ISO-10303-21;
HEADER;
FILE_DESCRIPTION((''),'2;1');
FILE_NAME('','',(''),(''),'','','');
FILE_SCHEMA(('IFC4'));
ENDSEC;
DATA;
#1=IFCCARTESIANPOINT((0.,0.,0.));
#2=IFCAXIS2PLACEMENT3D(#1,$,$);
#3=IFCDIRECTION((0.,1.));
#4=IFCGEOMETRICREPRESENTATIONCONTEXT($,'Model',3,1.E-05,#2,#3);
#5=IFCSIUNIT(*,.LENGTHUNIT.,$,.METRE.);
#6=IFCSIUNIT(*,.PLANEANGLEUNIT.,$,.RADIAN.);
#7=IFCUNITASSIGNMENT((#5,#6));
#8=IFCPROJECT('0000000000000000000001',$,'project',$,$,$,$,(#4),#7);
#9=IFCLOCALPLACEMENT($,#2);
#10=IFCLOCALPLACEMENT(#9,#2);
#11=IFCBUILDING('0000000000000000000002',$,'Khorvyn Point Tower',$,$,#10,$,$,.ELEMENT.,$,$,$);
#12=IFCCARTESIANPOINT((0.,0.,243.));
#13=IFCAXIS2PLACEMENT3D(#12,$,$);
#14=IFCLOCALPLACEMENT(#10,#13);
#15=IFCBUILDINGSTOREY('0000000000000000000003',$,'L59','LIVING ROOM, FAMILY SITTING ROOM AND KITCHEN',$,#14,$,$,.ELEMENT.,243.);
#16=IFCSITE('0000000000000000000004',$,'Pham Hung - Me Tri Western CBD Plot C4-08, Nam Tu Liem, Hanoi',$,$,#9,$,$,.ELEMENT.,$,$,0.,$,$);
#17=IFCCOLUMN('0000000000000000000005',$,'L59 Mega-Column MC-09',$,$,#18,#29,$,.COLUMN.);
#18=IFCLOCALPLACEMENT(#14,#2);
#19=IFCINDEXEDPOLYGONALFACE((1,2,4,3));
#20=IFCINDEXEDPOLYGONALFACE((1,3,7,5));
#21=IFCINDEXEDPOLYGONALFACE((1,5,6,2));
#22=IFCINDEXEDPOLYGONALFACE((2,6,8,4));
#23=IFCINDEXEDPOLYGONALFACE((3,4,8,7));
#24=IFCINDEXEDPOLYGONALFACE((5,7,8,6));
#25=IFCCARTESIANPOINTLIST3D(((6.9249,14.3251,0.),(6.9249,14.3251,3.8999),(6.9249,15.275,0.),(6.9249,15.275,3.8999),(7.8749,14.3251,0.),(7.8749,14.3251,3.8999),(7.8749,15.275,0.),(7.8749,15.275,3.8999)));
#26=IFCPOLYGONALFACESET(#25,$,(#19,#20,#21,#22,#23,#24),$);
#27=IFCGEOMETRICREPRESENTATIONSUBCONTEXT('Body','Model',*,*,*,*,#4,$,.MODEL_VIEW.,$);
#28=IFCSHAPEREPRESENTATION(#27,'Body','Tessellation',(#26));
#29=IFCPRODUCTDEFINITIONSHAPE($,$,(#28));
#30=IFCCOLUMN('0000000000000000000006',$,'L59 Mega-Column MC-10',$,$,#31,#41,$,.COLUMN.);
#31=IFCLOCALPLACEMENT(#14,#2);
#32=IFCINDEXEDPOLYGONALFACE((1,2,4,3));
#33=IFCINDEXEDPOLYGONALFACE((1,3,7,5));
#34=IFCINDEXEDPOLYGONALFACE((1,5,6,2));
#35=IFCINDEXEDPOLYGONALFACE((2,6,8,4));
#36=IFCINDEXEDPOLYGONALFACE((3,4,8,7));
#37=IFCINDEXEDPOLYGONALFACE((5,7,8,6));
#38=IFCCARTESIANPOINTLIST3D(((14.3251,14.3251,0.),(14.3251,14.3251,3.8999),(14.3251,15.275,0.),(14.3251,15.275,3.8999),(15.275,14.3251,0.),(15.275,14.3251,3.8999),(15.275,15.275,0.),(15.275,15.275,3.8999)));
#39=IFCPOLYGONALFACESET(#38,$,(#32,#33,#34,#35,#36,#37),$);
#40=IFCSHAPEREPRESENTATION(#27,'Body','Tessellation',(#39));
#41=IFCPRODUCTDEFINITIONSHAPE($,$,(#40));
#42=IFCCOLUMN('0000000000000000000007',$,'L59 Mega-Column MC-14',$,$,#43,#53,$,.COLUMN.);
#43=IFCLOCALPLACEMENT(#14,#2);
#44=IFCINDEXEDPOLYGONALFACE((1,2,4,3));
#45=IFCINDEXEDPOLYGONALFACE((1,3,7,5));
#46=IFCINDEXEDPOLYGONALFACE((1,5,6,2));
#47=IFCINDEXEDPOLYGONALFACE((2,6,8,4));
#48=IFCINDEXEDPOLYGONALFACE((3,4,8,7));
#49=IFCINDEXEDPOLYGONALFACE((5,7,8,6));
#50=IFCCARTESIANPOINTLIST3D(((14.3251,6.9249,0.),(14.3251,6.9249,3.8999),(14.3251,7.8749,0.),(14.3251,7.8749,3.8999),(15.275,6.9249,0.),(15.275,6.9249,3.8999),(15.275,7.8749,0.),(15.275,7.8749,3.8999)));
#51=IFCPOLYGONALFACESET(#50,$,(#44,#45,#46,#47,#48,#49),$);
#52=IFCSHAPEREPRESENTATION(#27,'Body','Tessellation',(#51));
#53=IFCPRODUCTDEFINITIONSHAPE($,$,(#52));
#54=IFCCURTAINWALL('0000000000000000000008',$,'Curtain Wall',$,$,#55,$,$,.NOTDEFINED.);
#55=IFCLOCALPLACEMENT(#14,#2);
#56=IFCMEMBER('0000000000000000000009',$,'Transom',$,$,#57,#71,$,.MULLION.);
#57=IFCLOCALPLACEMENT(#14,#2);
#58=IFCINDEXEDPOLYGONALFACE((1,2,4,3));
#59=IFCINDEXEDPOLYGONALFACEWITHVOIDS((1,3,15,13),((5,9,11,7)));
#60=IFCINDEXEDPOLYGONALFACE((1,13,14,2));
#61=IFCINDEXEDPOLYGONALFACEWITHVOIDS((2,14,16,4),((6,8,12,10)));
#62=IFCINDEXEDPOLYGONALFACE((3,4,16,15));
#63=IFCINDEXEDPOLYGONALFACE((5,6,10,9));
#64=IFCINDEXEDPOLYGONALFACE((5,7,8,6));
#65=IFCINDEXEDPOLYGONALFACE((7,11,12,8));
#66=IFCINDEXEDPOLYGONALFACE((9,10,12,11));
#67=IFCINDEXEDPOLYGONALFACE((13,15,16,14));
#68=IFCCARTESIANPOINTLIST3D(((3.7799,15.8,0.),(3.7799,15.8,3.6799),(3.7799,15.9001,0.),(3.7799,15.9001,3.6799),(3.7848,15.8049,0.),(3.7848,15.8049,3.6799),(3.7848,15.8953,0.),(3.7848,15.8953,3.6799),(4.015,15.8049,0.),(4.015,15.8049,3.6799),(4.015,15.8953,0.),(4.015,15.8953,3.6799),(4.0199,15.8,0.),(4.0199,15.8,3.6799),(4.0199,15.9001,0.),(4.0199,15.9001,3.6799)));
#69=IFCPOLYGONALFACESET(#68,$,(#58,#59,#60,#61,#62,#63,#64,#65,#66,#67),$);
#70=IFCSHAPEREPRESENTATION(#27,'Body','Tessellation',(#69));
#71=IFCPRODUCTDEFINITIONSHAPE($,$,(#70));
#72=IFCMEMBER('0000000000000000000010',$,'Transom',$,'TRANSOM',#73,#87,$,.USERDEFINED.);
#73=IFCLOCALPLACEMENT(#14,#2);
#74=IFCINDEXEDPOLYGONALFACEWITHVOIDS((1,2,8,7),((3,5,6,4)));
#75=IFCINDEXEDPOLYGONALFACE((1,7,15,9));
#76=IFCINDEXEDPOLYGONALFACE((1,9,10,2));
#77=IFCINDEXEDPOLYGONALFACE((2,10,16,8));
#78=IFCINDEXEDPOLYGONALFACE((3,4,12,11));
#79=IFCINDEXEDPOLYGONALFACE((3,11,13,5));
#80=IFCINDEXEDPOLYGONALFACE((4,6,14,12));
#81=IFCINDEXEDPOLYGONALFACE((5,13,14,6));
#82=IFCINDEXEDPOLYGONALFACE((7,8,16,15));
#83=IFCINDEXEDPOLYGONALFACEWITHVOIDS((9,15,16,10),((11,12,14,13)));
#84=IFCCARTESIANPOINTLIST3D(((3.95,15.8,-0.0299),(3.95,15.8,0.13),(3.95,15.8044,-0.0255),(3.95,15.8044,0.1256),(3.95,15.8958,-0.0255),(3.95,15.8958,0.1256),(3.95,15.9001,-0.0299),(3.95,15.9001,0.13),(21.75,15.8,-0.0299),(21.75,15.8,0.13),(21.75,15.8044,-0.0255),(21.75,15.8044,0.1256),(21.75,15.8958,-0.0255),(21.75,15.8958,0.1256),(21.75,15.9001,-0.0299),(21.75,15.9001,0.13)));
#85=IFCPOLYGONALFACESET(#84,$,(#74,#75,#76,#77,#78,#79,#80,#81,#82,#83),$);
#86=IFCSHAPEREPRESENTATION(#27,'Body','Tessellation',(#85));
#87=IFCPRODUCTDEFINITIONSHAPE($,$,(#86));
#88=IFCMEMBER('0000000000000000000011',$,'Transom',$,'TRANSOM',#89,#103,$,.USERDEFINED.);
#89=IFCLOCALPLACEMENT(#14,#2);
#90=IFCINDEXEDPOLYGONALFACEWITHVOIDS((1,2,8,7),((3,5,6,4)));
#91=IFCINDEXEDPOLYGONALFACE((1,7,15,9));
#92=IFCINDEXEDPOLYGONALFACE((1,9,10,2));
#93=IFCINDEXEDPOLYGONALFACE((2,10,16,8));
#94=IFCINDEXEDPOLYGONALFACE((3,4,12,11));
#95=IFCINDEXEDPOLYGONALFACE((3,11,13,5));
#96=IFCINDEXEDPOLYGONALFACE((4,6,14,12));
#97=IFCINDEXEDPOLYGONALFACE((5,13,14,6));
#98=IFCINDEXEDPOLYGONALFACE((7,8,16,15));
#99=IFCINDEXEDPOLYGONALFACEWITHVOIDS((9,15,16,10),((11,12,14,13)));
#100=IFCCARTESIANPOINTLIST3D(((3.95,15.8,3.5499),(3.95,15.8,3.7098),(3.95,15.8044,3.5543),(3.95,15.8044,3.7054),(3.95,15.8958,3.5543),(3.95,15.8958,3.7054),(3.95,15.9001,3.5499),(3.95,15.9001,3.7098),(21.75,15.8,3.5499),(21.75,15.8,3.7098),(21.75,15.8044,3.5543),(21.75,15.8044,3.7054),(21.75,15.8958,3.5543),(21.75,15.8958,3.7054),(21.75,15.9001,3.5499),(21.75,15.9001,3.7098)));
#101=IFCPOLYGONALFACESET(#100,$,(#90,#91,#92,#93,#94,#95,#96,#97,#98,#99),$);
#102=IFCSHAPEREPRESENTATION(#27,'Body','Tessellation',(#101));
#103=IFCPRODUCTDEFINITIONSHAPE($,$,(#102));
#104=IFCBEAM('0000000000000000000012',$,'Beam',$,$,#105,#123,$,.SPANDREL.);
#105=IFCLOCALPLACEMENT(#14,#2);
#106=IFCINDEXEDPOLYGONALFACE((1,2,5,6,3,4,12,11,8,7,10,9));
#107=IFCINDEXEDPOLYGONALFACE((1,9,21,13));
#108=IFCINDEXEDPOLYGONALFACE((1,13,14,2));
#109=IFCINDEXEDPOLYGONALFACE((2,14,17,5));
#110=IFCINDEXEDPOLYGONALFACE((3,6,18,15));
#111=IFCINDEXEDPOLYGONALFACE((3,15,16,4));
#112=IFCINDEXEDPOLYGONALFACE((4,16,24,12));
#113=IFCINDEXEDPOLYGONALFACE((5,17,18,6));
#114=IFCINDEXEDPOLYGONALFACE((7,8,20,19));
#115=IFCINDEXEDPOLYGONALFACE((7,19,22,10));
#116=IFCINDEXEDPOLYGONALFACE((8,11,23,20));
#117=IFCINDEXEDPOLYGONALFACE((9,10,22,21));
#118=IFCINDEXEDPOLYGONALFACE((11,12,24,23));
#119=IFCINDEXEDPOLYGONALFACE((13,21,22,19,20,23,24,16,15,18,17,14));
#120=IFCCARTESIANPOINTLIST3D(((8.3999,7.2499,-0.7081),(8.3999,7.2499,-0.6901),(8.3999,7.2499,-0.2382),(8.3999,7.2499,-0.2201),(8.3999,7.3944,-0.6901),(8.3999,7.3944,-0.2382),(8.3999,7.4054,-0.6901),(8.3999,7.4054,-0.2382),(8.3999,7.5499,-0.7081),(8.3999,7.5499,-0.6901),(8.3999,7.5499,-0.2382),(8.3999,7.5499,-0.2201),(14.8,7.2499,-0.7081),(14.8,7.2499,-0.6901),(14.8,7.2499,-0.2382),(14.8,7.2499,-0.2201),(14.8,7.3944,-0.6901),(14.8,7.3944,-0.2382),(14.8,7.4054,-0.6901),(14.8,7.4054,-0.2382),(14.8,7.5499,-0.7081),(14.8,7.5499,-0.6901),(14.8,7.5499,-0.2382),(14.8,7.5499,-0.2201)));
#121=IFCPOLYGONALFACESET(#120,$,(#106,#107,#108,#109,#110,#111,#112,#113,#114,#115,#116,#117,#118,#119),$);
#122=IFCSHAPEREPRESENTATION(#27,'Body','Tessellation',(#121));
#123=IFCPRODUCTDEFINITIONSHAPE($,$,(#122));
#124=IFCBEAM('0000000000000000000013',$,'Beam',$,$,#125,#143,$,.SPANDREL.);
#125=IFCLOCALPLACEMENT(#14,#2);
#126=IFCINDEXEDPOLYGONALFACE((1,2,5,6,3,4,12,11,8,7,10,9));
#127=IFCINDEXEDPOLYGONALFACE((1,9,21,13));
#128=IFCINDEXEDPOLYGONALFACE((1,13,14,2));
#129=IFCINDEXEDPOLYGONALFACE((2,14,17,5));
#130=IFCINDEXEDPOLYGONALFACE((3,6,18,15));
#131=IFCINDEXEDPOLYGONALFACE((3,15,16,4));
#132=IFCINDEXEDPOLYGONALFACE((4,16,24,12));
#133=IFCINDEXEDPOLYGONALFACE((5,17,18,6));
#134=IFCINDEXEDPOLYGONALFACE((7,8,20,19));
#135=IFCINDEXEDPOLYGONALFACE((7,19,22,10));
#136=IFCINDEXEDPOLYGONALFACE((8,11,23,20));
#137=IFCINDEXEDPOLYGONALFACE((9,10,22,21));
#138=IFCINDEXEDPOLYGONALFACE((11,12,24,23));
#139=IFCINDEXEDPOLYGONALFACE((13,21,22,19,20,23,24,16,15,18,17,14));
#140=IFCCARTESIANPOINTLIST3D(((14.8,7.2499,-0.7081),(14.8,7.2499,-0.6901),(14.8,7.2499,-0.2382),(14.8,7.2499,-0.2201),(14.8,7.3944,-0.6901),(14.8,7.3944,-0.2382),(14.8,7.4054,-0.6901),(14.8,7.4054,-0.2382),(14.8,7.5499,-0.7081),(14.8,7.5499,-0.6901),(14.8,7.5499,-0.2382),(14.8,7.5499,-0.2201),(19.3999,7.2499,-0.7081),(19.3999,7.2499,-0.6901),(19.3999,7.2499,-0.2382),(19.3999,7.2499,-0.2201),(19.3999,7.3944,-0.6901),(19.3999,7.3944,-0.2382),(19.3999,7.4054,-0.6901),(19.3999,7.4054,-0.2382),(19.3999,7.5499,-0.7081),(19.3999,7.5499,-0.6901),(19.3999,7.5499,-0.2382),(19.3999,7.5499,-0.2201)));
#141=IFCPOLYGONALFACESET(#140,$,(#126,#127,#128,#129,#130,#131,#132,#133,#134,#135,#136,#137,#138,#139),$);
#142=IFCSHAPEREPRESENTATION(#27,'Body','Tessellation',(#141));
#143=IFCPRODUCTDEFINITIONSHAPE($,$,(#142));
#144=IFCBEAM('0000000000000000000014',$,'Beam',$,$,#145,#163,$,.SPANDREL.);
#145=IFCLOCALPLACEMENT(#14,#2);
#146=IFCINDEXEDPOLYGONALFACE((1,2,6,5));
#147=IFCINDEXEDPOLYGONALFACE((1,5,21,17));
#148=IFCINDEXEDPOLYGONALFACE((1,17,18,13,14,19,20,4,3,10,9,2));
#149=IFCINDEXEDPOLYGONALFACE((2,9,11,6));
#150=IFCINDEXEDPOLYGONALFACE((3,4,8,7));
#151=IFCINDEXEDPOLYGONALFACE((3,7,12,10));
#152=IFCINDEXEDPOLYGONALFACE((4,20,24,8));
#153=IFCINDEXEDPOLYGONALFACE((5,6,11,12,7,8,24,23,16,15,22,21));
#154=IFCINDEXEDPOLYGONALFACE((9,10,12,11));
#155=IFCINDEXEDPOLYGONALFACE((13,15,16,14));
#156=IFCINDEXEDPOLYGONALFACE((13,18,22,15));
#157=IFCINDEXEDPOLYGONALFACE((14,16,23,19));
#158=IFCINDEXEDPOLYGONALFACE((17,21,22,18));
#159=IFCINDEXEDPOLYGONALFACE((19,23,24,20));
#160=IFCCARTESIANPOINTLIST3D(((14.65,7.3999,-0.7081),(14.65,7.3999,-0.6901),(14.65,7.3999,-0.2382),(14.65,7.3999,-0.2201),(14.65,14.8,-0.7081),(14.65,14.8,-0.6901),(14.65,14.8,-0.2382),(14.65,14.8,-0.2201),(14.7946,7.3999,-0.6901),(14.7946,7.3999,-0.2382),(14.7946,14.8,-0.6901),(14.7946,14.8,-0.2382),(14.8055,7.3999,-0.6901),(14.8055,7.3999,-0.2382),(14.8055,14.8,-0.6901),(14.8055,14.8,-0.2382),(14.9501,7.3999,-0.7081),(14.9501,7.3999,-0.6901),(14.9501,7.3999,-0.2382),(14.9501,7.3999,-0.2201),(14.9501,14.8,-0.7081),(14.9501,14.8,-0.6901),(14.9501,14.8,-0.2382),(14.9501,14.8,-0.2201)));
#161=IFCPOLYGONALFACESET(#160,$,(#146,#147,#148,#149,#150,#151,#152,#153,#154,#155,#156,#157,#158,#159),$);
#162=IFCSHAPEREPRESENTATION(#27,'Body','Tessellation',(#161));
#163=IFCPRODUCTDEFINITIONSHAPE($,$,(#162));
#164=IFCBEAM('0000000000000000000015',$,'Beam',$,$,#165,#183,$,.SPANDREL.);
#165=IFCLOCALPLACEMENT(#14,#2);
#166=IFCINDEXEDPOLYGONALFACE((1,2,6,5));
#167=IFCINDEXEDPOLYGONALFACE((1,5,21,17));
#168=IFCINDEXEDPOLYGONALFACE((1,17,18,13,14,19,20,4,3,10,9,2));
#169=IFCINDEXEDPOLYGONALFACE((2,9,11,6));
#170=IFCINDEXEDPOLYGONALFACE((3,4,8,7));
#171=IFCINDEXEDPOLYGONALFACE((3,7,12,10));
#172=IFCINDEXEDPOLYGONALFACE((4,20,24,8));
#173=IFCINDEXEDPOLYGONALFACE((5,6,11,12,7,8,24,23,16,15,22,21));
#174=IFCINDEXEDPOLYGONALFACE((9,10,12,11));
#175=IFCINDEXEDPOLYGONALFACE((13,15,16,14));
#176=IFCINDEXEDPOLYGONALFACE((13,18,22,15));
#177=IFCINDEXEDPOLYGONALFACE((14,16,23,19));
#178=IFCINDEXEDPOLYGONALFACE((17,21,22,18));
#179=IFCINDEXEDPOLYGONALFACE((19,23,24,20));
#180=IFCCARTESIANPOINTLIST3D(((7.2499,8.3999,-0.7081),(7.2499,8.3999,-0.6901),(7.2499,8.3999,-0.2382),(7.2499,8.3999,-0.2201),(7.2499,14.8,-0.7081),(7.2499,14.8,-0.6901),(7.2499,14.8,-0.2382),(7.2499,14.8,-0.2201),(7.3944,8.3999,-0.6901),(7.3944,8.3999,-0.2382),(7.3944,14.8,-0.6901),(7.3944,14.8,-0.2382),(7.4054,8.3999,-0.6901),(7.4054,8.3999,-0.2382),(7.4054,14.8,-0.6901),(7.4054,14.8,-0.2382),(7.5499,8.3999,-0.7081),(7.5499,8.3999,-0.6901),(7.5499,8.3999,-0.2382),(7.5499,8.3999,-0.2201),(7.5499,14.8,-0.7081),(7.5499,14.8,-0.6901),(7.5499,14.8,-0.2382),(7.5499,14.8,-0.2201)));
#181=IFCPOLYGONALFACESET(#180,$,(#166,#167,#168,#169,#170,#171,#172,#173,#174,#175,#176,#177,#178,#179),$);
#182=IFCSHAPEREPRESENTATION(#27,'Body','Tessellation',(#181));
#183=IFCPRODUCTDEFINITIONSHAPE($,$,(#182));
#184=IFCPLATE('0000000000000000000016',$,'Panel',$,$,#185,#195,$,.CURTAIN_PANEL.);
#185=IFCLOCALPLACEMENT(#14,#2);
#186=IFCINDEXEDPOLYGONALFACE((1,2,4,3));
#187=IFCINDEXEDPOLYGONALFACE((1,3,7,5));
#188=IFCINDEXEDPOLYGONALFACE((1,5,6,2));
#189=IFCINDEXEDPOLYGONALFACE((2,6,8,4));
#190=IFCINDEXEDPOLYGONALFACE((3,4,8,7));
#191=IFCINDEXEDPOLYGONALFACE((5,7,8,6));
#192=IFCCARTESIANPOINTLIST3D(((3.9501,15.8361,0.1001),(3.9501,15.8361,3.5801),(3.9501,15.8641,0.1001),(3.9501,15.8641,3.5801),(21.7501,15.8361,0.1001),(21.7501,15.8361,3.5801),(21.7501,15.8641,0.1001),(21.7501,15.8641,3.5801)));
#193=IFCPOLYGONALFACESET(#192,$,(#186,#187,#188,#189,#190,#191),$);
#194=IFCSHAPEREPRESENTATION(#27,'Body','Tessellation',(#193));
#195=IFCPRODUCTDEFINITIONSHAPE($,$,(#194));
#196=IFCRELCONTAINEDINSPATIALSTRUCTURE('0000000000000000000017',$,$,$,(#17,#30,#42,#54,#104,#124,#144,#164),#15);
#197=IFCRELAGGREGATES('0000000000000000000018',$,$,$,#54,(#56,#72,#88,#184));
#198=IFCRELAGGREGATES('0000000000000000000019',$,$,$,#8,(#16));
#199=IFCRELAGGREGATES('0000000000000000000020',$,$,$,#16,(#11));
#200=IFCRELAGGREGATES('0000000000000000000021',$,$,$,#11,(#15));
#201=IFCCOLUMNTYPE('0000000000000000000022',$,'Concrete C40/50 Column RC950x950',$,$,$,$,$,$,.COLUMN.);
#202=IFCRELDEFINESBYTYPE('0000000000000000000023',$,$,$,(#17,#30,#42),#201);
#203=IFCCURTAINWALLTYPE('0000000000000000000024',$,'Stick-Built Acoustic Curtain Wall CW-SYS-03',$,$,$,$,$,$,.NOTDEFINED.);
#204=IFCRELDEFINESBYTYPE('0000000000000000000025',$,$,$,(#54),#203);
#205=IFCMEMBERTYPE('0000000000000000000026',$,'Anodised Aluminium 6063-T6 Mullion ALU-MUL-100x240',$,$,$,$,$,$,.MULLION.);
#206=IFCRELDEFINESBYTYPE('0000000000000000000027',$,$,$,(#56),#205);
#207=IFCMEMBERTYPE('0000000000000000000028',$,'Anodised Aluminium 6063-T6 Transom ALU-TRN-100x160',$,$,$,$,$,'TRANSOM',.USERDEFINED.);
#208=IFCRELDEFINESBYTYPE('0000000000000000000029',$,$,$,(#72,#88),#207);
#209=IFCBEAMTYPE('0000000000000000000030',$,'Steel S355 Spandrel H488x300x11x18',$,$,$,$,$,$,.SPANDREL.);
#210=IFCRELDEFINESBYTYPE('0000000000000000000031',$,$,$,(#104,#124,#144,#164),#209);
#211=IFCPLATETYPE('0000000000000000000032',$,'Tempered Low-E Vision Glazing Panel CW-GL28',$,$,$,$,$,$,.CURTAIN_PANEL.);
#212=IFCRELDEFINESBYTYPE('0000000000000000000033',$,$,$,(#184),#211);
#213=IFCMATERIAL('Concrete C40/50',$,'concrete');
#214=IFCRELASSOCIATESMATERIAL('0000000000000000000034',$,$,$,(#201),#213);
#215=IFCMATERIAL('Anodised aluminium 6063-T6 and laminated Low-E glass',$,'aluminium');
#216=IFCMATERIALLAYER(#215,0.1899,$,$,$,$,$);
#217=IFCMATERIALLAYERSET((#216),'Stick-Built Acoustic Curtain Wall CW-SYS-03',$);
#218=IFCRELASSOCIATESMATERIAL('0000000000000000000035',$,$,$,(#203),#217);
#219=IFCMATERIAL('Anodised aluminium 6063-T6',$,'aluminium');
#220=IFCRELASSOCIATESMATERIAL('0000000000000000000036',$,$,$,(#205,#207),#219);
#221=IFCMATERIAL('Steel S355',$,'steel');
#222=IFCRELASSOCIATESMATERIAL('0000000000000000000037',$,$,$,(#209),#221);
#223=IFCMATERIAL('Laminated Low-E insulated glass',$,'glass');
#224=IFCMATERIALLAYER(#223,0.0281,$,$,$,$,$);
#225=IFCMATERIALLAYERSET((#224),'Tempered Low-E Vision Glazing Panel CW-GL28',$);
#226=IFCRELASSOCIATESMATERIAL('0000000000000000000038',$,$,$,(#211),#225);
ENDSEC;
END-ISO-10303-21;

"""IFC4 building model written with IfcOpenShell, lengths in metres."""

from ifc_helpers import new_model, si_unit, direction, frame, origin, origin_2d, place, context, subcontext, project, spatial, rectangle, hollow_rectangle, i_section, extrude, material, layer, layer_set, material_profile, profile_set, type_object, element, aggregate, save


model = new_model("IFC4")

# Units and contexts
model_context = context("Model", 3, precision=1e-05, world=origin(), true_north=direction((0.0, 1.0)))
body_context = subcontext(model_context, "Body", "Model", "MODEL_VIEW")
ifc_project = project(units=[si_unit("LENGTHUNIT", "METRE"), si_unit("PLANEANGLEUNIT", "RADIAN")], contexts=[model_context])

# Site, building, storey
site_placement = place(None, origin())
site = spatial("IfcSite", under=ifc_project, at=site_placement, Name="Pham Hung - Me Tri Western CBD Plot C4-08, Nam Tu Liem, Hanoi", CompositionType="ELEMENT", RefElevation=0.0)
building_placement = place(site_placement, origin())
building = spatial("IfcBuilding", under=site, at=building_placement, Name="Khorvyn Point Tower", CompositionType="ELEMENT")
storey_placement = place(building_placement, frame((0.0, 0.0, 243.0)))
storey = spatial("IfcBuildingStorey", under=building, at=storey_placement, Name="L59", Description="LIVING ROOM, FAMILY SITTING ROOM AND KITCHEN", CompositionType="ELEMENT", Elevation=243.0)

# Columns
ifc_material_1 = material(Name="Concrete C40/50", Category="concrete")
ifc_material_profile_1 = material_profile(ifc_material_1, rectangle(XDim=0.95, YDim=0.95, at=origin_2d()))
ifc_profile_set_1 = profile_set([ifc_material_profile_1], Name="Concrete C40/50 RC950x950")
column_type = type_object("IfcColumnType", Name="Concrete C40/50 Column RC950x950", PredefinedType="COLUMN", material=ifc_profile_set_1)
for number, where, z_axis, x_axis, name in (
    (1, (7.3999, 14.8, 0.0), (0.0, 0.0, 1.0), (1.0, 0.0, 0.0), "L59 Mega-Column MC-09"),
    (2, (14.8, 14.8, 0.0), (0.0, 0.0, 1.0), (1.0, 0.0, 0.0), "L59 Mega-Column MC-10"),
    (3, (14.8, 7.3999, 0.0), (0.0, 0.0, 1.0), (1.0, 0.0, 0.0), "L59 Mega-Column MC-14"),
):
    element("IfcColumn", number, at=place(storey_placement, frame(where, z_axis=z_axis, x_axis=x_axis)), inside=storey, type_object=column_type, Name=name, PredefinedType="COLUMN", context=body_context, shape_type="SweptSolid", body=[
        extrude(rectangle(XDim=0.95, YDim=0.95, at=origin_2d()), origin(), (0.0, 0.0, 1.0), 3.8999),
    ])

# Curtain wall, members
ifc_material_2 = material(Name="Anodised aluminium 6063-T6 and laminated Low-E glass", Category="aluminium")
ifc_layer_1 = layer(ifc_material_2, 0.1899)
ifc_layer_set_1 = layer_set([ifc_layer_1], Name="Stick-Built Acoustic Curtain Wall CW-SYS-03")
curtain_wall_type = type_object("IfcCurtainWallType", Name="Stick-Built Acoustic Curtain Wall CW-SYS-03", PredefinedType="NOTDEFINED", material=ifc_layer_set_1)
curtain_wall_placement = place(storey_placement, origin())
curtain_wall = element("IfcCurtainWall", 4, at=curtain_wall_placement, inside=storey, type_object=curtain_wall_type, Name="Curtain Wall", PredefinedType="NOTDEFINED")
ifc_material_3 = material(Name="Anodised aluminium 6063-T6", Category="aluminium")
ifc_material_profile_2 = material_profile(ifc_material_3, hollow_rectangle(XDim=0.1001, YDim=0.24, WallThickness=0.0049, at=origin_2d()))
ifc_profile_set_2 = profile_set([ifc_material_profile_2], Name="Anodised aluminium 6063-T6 ALU-MUL-100x240")
member_type_1 = type_object("IfcMemberType", Name="Anodised Aluminium 6063-T6 Mullion ALU-MUL-100x240", PredefinedType="MULLION", material=ifc_profile_set_2)
member_1_placement = place(storey_placement, frame((3.8999, 15.8501, 0.0), z_axis=(0.0, 0.0, 1.0), x_axis=(0.0, 1.0, 0.0)))
member_1 = element("IfcMember", 5, at=member_1_placement, type_object=member_type_1, Name="Transom", PredefinedType="MULLION", context=body_context, shape_type="SweptSolid", body=[
    extrude(hollow_rectangle(XDim=0.1001, YDim=0.24, WallThickness=0.0049, at=origin_2d()), origin(), (0.0, 0.0, 1.0), 3.6799),
])
ifc_material_profile_3 = material_profile(ifc_material_3, hollow_rectangle(XDim=0.1001, YDim=0.1599, WallThickness=0.0044, at=origin_2d()))
ifc_profile_set_3 = profile_set([ifc_material_profile_3], Name="Anodised aluminium 6063-T6 ALU-TRN-100x160")
member_type_2 = type_object("IfcMemberType", Name="Anodised Aluminium 6063-T6 Transom ALU-TRN-100x160", ElementType="TRANSOM", PredefinedType="USERDEFINED", material=ifc_profile_set_3)
member_2_placement = place(storey_placement, frame((3.95, 15.8501, 0.05), z_axis=(1.0, 0.0, 0.0), x_axis=(0.0, 1.0, 0.0)))
member_2 = element("IfcMember", 6, at=member_2_placement, type_object=member_type_2, Name="Transom", ObjectType="TRANSOM", PredefinedType="USERDEFINED", context=body_context, shape_type="SweptSolid", body=[
    extrude(hollow_rectangle(XDim=0.1001, YDim=0.1599, WallThickness=0.0044, at=origin_2d()), origin(), (0.0, 0.0, 1.0), 17.8),
])
member_3_placement = place(storey_placement, frame((3.95, 15.8501, 3.6299), z_axis=(1.0, 0.0, 0.0), x_axis=(0.0, 1.0, 0.0)))
member_3 = element("IfcMember", 7, at=member_3_placement, type_object=member_type_2, Name="Transom", ObjectType="TRANSOM", PredefinedType="USERDEFINED", context=body_context, shape_type="SweptSolid", body=[
    extrude(hollow_rectangle(XDim=0.1001, YDim=0.1599, WallThickness=0.0044, at=origin_2d()), origin(), (0.0, 0.0, 1.0), 17.8),
])

# Beams
ifc_material_4 = material(Name="Steel S355", Category="steel")
ifc_material_profile_4 = material_profile(ifc_material_4, i_section(OverallWidth=0.3, OverallDepth=0.488, WebThickness=0.011, FlangeThickness=0.0181, at=origin_2d()))
ifc_profile_set_4 = profile_set([ifc_material_profile_4], Name="Steel S355 H488x300x11x18")
beam_type = type_object("IfcBeamType", Name="Steel S355 Spandrel H488x300x11x18", PredefinedType="SPANDREL", material=ifc_profile_set_4)
beam_1_placement = place(storey_placement, frame((8.3999, 7.3999, -0.4641), z_axis=(1.0, 0.0, 0.0), x_axis=(0.0, 1.0, 0.0)))
element("IfcBeam", 8, at=beam_1_placement, inside=storey, type_object=beam_type, Name="Beam", PredefinedType="SPANDREL", context=body_context, shape_type="SweptSolid", body=[
    extrude(i_section(OverallWidth=0.3, OverallDepth=0.488, WebThickness=0.011, FlangeThickness=0.0181, at=origin_2d()), origin(), (0.0, 0.0, 1.0), 6.4001),
])
beam_2_placement = place(storey_placement, frame((14.8, 7.3999, -0.4641), z_axis=(1.0, 0.0, 0.0), x_axis=(0.0, 1.0, 0.0)))
element("IfcBeam", 9, at=beam_2_placement, inside=storey, type_object=beam_type, Name="Beam", PredefinedType="SPANDREL", context=body_context, shape_type="SweptSolid", body=[
    extrude(i_section(OverallWidth=0.3, OverallDepth=0.488, WebThickness=0.011, FlangeThickness=0.0181, at=origin_2d()), origin(), (0.0, 0.0, 1.0), 4.5999),
])
beam_3_placement = place(storey_placement, frame((14.8, 7.3999, -0.4641), z_axis=(0.0, 1.0, 0.0), x_axis=(-1.0, 0.0, 0.0)))
element("IfcBeam", 10, at=beam_3_placement, inside=storey, type_object=beam_type, Name="Beam", PredefinedType="SPANDREL", context=body_context, shape_type="SweptSolid", body=[
    extrude(i_section(OverallWidth=0.3, OverallDepth=0.488, WebThickness=0.011, FlangeThickness=0.0181, at=origin_2d()), origin(), (0.0, 0.0, 1.0), 7.4001),
])
beam_4_placement = place(storey_placement, frame((7.3999, 8.3999, -0.4641), z_axis=(0.0, 1.0, 0.0), x_axis=(-1.0, 0.0, 0.0)))
element("IfcBeam", 11, at=beam_4_placement, inside=storey, type_object=beam_type, Name="Beam", PredefinedType="SPANDREL", context=body_context, shape_type="SweptSolid", body=[
    extrude(i_section(OverallWidth=0.3, OverallDepth=0.488, WebThickness=0.011, FlangeThickness=0.0181, at=origin_2d()), origin(), (0.0, 0.0, 1.0), 6.4001),
])

# Plate
ifc_material_5 = material(Name="Laminated Low-E insulated glass", Category="glass")
ifc_layer_2 = layer(ifc_material_5, 0.0281)
ifc_layer_set_2 = layer_set([ifc_layer_2], Name="Tempered Low-E Vision Glazing Panel CW-GL28")
plate_type = type_object("IfcPlateType", Name="Tempered Low-E Vision Glazing Panel CW-GL28", PredefinedType="CURTAIN_PANEL", material=ifc_layer_set_2)
plate_placement = place(storey_placement, frame((12.8501, 15.8501, 0.1001), z_axis=(0.0, 0.0, 1.0), x_axis=(1.0, 0.0, 0.0)))
plate = element("IfcPlate", 12, at=plate_placement, type_object=plate_type, Name="Panel", PredefinedType="CURTAIN_PANEL", context=body_context, shape_type="SweptSolid", body=[
    extrude(rectangle(XDim=17.8, YDim=0.0281, at=origin_2d()), origin(), (0.0, 0.0, 1.0), 3.48),
])
aggregate(curtain_wall, [member_1, member_2, member_3, plate])

save(model, "model.ifc")
